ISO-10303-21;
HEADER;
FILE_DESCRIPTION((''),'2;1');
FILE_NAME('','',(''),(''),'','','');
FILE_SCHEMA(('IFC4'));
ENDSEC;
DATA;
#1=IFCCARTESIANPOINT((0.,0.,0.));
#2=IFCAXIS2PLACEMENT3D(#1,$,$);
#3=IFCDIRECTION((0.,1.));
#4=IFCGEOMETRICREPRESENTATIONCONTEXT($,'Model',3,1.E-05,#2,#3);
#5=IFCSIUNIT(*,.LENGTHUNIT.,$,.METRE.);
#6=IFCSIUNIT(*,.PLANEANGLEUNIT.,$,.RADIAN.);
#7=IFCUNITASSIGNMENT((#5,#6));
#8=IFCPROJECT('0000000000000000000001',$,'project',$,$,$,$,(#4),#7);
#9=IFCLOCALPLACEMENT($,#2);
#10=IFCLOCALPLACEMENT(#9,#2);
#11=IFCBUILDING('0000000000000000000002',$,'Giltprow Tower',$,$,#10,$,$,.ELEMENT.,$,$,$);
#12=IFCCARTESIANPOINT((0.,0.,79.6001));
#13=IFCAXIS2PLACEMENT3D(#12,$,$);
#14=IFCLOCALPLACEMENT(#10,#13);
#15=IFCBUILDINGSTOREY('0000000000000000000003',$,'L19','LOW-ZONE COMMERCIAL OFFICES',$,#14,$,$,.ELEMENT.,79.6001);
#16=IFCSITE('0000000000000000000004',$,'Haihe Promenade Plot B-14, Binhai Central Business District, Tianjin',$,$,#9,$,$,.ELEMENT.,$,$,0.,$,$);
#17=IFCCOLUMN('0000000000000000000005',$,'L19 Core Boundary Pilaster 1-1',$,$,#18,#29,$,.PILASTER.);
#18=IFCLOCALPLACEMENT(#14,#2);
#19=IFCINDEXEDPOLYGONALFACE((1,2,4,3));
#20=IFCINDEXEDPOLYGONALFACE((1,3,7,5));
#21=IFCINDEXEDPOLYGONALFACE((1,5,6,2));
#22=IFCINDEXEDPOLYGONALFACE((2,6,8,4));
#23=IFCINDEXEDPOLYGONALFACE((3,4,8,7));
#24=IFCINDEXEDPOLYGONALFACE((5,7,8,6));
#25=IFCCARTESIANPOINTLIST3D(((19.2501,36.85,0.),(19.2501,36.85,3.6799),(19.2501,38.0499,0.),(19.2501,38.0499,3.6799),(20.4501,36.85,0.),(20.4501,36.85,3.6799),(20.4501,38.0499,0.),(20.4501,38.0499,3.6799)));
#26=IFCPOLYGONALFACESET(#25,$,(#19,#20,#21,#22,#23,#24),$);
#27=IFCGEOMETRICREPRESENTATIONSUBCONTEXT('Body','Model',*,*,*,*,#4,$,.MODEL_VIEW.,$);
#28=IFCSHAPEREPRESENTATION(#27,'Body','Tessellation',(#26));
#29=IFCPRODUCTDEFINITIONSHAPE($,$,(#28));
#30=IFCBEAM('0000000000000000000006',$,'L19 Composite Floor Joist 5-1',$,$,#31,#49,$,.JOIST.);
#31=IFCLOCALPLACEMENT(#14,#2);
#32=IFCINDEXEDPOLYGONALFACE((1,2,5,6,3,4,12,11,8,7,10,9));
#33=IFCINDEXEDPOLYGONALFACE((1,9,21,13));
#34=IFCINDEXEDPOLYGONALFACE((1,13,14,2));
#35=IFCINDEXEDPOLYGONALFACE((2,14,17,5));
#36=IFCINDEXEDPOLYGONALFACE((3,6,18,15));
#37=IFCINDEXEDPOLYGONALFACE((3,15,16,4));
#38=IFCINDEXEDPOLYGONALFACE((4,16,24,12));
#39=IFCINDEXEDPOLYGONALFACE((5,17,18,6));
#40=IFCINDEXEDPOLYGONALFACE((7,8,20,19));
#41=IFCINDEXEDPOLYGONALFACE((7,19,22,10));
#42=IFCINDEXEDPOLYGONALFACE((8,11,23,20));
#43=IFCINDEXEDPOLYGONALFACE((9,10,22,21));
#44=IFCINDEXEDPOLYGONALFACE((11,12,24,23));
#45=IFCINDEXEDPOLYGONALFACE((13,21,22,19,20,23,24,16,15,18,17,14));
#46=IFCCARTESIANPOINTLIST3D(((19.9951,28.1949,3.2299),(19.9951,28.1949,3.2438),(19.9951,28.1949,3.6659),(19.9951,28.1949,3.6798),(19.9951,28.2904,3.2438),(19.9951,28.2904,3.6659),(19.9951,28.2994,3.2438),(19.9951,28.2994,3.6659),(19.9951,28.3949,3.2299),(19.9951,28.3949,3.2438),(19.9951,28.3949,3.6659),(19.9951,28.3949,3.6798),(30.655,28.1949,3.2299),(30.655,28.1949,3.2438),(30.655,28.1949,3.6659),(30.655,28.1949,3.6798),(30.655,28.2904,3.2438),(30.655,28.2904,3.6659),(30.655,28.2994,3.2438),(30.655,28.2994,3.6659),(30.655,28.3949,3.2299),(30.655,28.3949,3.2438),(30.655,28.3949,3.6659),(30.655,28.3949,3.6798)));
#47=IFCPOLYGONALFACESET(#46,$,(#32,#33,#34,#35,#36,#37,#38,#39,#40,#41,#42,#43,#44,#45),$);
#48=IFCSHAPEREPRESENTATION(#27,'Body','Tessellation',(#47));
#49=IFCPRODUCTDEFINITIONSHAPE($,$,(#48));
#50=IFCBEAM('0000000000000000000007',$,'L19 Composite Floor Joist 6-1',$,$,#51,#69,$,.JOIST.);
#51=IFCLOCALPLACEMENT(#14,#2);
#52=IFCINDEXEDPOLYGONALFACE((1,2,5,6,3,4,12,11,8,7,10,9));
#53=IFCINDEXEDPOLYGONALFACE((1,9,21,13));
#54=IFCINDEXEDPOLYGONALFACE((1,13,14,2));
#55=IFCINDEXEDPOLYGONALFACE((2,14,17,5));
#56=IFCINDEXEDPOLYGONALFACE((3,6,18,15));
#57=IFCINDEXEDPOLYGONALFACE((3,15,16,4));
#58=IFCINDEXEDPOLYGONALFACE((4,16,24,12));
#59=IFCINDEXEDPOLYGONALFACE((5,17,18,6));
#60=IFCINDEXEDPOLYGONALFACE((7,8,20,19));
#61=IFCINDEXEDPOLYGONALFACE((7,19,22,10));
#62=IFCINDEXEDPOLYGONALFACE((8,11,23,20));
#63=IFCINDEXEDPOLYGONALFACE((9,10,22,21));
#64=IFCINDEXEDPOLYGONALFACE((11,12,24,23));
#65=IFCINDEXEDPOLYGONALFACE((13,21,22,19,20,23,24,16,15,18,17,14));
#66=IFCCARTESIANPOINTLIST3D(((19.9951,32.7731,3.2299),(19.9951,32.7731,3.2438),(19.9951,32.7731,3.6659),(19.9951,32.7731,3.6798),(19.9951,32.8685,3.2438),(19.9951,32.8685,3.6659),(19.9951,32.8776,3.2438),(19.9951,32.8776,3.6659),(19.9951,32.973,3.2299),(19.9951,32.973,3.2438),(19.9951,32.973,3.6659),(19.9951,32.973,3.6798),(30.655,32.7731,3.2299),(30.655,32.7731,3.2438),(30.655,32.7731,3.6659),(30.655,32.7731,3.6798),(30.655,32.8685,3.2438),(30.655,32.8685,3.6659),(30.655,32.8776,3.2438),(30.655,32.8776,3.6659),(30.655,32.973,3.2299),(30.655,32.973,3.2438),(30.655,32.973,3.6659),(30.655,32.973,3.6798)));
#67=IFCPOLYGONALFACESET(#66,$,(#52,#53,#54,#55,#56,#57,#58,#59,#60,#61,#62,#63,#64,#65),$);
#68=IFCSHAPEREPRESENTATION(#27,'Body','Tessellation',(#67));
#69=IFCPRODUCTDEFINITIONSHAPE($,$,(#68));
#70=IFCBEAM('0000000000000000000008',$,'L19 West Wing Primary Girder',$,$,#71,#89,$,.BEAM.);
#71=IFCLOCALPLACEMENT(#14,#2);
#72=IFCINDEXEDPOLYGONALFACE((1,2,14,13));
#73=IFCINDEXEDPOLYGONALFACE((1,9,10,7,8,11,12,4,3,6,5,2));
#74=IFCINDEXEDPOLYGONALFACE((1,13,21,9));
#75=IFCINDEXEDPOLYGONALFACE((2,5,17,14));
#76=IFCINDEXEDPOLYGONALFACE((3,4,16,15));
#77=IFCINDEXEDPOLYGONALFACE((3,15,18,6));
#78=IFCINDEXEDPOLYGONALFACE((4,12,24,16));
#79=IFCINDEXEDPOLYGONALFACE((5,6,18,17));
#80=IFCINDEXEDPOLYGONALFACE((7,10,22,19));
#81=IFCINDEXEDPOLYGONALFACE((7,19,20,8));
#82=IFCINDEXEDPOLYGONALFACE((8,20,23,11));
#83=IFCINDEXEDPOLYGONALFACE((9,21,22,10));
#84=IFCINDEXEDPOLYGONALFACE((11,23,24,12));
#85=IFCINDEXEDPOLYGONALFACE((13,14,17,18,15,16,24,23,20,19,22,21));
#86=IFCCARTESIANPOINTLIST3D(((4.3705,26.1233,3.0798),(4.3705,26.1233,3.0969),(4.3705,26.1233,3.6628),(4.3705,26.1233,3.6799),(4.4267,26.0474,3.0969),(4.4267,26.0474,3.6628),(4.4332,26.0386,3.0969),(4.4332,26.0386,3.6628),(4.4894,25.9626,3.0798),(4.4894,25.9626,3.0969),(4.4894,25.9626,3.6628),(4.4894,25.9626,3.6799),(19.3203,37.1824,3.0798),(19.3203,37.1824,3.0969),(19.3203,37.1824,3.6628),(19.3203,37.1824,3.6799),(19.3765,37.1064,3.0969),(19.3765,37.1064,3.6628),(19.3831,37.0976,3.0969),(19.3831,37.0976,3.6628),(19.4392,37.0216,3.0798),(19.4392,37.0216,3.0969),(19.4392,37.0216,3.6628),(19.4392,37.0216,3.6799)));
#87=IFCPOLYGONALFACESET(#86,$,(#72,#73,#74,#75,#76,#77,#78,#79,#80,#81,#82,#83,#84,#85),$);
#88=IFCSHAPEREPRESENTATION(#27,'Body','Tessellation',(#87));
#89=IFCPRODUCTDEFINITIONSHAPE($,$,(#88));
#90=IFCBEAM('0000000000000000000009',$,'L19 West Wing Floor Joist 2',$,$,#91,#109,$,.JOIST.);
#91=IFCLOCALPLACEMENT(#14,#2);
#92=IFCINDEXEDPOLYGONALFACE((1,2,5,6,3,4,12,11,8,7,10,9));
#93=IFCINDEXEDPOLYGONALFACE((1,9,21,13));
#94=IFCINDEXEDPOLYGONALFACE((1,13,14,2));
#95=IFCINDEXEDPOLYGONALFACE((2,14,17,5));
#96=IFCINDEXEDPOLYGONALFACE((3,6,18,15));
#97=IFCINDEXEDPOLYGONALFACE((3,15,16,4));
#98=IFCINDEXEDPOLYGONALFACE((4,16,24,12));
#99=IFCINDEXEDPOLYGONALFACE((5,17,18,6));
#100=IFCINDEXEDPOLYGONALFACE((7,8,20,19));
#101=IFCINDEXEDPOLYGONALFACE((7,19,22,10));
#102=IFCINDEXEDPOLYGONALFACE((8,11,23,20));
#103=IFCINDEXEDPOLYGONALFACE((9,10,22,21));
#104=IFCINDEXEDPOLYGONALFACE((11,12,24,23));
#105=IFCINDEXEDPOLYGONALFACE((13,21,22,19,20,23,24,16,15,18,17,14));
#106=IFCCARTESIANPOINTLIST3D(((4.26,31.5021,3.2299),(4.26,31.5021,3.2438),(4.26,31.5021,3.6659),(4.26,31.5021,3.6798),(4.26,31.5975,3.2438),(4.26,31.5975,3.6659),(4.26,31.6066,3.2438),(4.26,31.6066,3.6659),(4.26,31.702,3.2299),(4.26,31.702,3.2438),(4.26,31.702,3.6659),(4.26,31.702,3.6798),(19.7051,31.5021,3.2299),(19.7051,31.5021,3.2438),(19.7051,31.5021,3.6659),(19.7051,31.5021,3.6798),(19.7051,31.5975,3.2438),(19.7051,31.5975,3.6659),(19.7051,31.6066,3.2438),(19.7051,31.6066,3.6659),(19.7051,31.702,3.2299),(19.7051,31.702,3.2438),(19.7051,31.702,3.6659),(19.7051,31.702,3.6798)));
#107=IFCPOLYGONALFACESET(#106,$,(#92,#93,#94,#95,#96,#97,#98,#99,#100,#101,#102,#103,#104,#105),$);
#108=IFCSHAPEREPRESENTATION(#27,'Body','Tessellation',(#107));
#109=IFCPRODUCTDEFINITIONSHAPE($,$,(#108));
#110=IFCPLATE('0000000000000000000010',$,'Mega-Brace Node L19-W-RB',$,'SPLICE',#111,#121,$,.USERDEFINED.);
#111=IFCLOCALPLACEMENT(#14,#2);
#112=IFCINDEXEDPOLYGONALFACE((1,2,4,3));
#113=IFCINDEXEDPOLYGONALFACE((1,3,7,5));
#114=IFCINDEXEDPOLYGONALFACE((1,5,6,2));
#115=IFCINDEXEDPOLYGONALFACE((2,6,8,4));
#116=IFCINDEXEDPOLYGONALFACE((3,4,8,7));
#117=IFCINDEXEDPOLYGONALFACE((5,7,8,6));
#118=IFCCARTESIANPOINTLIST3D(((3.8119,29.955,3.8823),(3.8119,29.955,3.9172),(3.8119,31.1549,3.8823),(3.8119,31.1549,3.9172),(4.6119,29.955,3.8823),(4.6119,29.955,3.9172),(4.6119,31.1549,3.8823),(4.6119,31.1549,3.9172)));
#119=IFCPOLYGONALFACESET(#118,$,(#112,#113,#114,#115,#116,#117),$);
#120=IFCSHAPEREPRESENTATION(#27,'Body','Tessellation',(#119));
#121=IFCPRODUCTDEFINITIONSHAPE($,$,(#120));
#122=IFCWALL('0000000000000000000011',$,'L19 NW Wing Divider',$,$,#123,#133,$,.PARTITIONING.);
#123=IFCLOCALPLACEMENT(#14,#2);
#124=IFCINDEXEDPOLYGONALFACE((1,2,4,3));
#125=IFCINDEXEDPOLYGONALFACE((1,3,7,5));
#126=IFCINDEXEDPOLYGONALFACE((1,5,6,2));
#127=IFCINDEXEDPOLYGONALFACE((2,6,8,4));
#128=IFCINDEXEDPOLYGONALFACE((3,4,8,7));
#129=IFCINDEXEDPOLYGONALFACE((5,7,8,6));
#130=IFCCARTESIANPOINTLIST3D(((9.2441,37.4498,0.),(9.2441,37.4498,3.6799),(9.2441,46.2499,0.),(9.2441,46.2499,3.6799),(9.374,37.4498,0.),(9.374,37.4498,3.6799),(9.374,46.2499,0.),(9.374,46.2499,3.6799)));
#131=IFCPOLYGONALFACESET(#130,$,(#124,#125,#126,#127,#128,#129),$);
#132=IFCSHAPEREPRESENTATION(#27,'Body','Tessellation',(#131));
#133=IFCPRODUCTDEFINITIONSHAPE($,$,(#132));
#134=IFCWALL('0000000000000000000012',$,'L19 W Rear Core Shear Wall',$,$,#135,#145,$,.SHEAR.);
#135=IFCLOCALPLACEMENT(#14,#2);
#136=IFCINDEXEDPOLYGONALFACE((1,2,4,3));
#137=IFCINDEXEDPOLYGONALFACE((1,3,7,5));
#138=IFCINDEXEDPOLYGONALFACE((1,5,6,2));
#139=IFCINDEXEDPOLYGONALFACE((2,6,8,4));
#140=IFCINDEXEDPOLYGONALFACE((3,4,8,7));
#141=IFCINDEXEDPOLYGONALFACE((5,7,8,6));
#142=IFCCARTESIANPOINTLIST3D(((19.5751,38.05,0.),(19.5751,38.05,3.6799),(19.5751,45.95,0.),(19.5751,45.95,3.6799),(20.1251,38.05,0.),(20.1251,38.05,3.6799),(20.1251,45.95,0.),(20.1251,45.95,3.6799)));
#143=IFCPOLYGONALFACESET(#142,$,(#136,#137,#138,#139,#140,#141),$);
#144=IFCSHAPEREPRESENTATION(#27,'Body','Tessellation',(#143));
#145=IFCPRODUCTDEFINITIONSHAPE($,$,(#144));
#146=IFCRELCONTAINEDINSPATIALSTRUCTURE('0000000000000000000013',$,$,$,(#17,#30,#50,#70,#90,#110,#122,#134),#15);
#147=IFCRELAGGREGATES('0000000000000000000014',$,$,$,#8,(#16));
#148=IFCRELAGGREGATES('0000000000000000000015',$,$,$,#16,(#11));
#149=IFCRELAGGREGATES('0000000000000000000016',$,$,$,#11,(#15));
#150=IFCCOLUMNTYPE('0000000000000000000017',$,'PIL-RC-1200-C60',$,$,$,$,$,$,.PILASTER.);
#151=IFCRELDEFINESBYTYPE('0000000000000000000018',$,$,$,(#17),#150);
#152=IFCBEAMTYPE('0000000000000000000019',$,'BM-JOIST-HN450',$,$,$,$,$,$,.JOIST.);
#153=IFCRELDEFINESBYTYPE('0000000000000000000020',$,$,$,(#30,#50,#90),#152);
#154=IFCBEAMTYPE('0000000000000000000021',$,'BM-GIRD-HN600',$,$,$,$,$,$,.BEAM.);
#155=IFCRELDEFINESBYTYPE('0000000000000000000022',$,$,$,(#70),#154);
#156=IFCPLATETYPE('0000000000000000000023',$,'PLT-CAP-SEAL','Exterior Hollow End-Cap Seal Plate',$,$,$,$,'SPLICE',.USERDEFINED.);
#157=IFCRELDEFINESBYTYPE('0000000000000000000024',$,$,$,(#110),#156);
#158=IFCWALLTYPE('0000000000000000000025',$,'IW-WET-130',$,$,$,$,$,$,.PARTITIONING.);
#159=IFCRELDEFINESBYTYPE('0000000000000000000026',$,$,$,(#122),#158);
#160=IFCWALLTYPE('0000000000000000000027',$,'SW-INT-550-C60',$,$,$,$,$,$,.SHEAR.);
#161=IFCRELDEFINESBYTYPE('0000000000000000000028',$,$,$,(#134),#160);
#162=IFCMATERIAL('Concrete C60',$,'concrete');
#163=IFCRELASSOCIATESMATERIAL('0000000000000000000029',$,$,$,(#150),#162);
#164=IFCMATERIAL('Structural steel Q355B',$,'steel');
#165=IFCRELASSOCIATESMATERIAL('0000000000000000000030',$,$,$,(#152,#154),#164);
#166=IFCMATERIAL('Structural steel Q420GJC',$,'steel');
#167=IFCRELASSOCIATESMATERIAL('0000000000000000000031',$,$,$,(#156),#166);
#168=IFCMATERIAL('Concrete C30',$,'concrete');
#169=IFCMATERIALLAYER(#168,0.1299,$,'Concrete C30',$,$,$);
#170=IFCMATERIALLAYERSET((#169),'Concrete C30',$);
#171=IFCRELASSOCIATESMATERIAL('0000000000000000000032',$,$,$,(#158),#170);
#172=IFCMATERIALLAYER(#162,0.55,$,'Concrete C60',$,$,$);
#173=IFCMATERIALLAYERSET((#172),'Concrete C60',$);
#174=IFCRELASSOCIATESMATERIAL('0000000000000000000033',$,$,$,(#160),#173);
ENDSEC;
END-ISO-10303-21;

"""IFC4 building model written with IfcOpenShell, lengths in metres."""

from ifc_helpers import new_model, si_unit, direction, frame, frame_2d, origin, origin_2d, place, context, subcontext, project, spatial, rectangle, i_section, extrude, source, transform, mapped, material, layer, layer_set, material_profile, profile_set, type_object, element, save


model = new_model("IFC4")

# Units and contexts
model_context = context("Model", 3, precision=1e-05, world=origin(), true_north=direction((0.0, 1.0)))
body_context = subcontext(model_context, "Body", "Model", "MODEL_VIEW")
ifc_project = project(units=[si_unit("LENGTHUNIT", "METRE"), si_unit("PLANEANGLEUNIT", "RADIAN")], contexts=[model_context])

# Site, building, storey
site_placement = place(None, origin())
site = spatial("IfcSite", under=ifc_project, at=site_placement, Name="Haihe Promenade Plot B-14, Binhai Central Business District, Tianjin", CompositionType="ELEMENT", RefElevation=0.0)
building_placement = place(site_placement, origin())
building = spatial("IfcBuilding", under=site, at=building_placement, Name="Giltprow Tower", CompositionType="ELEMENT")
storey_placement = place(building_placement, frame((0.0, 0.0, 79.6001)))
storey = spatial("IfcBuildingStorey", under=building, at=storey_placement, Name="L19", Description="LOW-ZONE COMMERCIAL OFFICES", CompositionType="ELEMENT", Elevation=79.6001)

# Column
ifc_material_1 = material(Name="Concrete C60", Category="concrete")
ifc_material_profile_1 = material_profile(ifc_material_1, rectangle(XDim=1.2, YDim=1.2, at=origin_2d()), Name="RC 1200x1200")
ifc_profile_set_1 = profile_set([ifc_material_profile_1], Name="Concrete C60")
column_type = type_object("IfcColumnType", Name="PIL-RC-1200-C60", PredefinedType="PILASTER", material=ifc_profile_set_1)
shared_shape_1 = source(origin(), body_context, "Body", "SweptSolid", [
    extrude(rectangle(XDim=1.2, YDim=1.2, at=origin_2d()), origin(), (0.0, 0.0, 1.0), 3.6799),
])
column_placement = place(storey_placement, frame((19.8501, 37.45, 0.0), z_axis=(0.0, 0.0, 1.0), x_axis=(1.0, 0.0, 0.0)))
element("IfcColumn", 1, at=column_placement, inside=storey, type_object=column_type, Name="L19 Core Boundary Pilaster 1-1", PredefinedType="PILASTER", context=body_context, shape_type="MappedRepresentation", body=[
    mapped(shared_shape_1, transform((0.0, 0.0, 0.0), x_axis=(1.0, 0.0, 0.0), y_axis=(0.0, 1.0, 0.0), z_axis=(0.0, 0.0, 1.0), scale=1.0)),
])

# Beams
ifc_material_2 = material(Name="Structural steel Q355B", Category="steel")
ifc_material_profile_2 = material_profile(ifc_material_2, i_section(OverallWidth=0.2, OverallDepth=0.45, WebThickness=0.009, FlangeThickness=0.0139, at=origin_2d()), Name="HN 450x200x9x14")
ifc_profile_set_2 = profile_set([ifc_material_profile_2], Name="Structural steel Q355B")
beam_type_1 = type_object("IfcBeamType", Name="BM-JOIST-HN450", PredefinedType="JOIST", material=ifc_profile_set_2)
shared_shape_2 = source(origin(), body_context, "Body", "SweptSolid", [
    extrude(i_section(OverallWidth=0.2, OverallDepth=0.45, WebThickness=0.009, FlangeThickness=0.0139, at=origin_2d()), origin(), (0.0, 0.0, 1.0), 10.6599),
])
for number, where, z_axis, x_axis, name in (
    (2, (19.9951, 28.2949, 3.4548), (1.0, 0.0, 0.0), (0.0, 1.0, 0.0), "L19 Composite Floor Joist 5-1"),
    (3, (19.9951, 32.873, 3.4548), (1.0, 0.0, 0.0), (0.0, 1.0, 0.0), "L19 Composite Floor Joist 6-1"),
):
    element("IfcBeam", number, at=place(storey_placement, frame(where, z_axis=z_axis, x_axis=x_axis)), inside=storey, type_object=beam_type_1, Name=name, PredefinedType="JOIST", context=body_context, shape_type="MappedRepresentation", body=[
        mapped(shared_shape_2, transform((0.0, 0.0, 0.0), x_axis=(1.0, 0.0, 0.0), y_axis=(0.0, 1.0, 0.0), z_axis=(0.0, 0.0, 1.0), scale=1.0)),
    ])
ifc_material_profile_3 = material_profile(ifc_material_2, i_section(OverallWidth=0.2, OverallDepth=0.6001, WebThickness=0.011, FlangeThickness=0.0171, at=origin_2d()), Name="HN 600x200x11x17")
ifc_profile_set_3 = profile_set([ifc_material_profile_3], Name="Structural steel Q355B")
beam_type_2 = type_object("IfcBeamType", Name="BM-GIRD-HN600", PredefinedType="BEAM", material=ifc_profile_set_3)
shared_shape_3 = source(origin(), body_context, "Body", "SweptSolid", [
    extrude(i_section(OverallWidth=0.2, OverallDepth=0.6001, WebThickness=0.011, FlangeThickness=0.0171, at=origin_2d()), origin(), (0.0, 0.0, 1.0), 18.5957),
])
beam_1_placement = place(storey_placement, frame((4.4299, 26.043, 3.3799), z_axis=(0.803942, 0.594708, 0.0), x_axis=(-0.594708, 0.803942, 0.0)))
element("IfcBeam", 4, at=beam_1_placement, inside=storey, type_object=beam_type_2, Name="L19 West Wing Primary Girder", PredefinedType="BEAM", context=body_context, shape_type="MappedRepresentation", body=[
    mapped(shared_shape_3, transform((0.0, 0.0, 0.0), x_axis=(1.0, 0.0, 0.0), y_axis=(0.0, 1.0, 0.0), z_axis=(0.0, 0.0, 1.0), scale=1.0)),
])
shared_shape_4 = source(origin(), body_context, "Body", "SweptSolid", [
    extrude(i_section(OverallWidth=0.2, OverallDepth=0.45, WebThickness=0.009, FlangeThickness=0.0139, at=origin_2d()), origin(), (0.0, 0.0, 1.0), 15.4451),
])
beam_2_placement = place(storey_placement, frame((4.26, 31.6021, 3.4548), z_axis=(1.0, 0.0, 0.0), x_axis=(0.0, 1.0, 0.0)))
element("IfcBeam", 5, at=beam_2_placement, inside=storey, type_object=beam_type_1, Name="L19 West Wing Floor Joist 2", PredefinedType="JOIST", context=body_context, shape_type="MappedRepresentation", body=[
    mapped(shared_shape_4, transform((0.0, 0.0, 0.0), x_axis=(1.0, 0.0, 0.0), y_axis=(0.0, 1.0, 0.0), z_axis=(0.0, 0.0, 1.0), scale=1.0)),
])

# Plate
ifc_material_3 = material(Name="Structural steel Q420GJC", Category="steel")
plate_type = type_object("IfcPlateType", Name="PLT-CAP-SEAL", Description="Exterior Hollow End-Cap Seal Plate", ElementType="SPLICE", PredefinedType="USERDEFINED", material=ifc_material_3)
shared_shape_5 = source(origin(), body_context, "Body", "SweptSolid", [
    extrude(rectangle(XDim=1.2, YDim=0.8, at=origin_2d()), origin(), (0.0, 0.0, 1.0), 0.0349),
])
plate_placement = place(storey_placement, frame((4.2119, 30.5549, 3.8823), z_axis=(0.0, 0.0, 1.0), x_axis=(0.0, 1.0, 0.0)))
element("IfcPlate", 6, at=plate_placement, inside=storey, type_object=plate_type, Name="Mega-Brace Node L19-W-RB", ObjectType="SPLICE", PredefinedType="USERDEFINED", context=body_context, shape_type="MappedRepresentation", body=[
    mapped(shared_shape_5, transform((0.0, 0.0, 0.0), x_axis=(1.0, 0.0, 0.0), y_axis=(0.0, 1.0, 0.0), z_axis=(0.0, 0.0, 1.0), scale=1.0)),
])

# Wall
ifc_material_4 = material(Name="Concrete C30", Category="concrete")
ifc_layer_1 = layer(ifc_material_4, 0.1299, Name="Concrete C30")
ifc_layer_set_1 = layer_set([ifc_layer_1], Name="Concrete C30")
wall_type_1 = type_object("IfcWallType", Name="IW-WET-130", PredefinedType="PARTITIONING", material=ifc_layer_set_1)
wall_1_placement = place(storey_placement, frame((9.3091, 37.45, 0.0), z_axis=(0.0, 0.0, 1.0), x_axis=(0.0, 1.0, 0.0)))
element("IfcWall", 7, at=wall_1_placement, inside=storey, type_object=wall_type_1, Name="L19 NW Wing Divider", PredefinedType="PARTITIONING", context=body_context, shape_type="SweptSolid", body=[
    extrude(rectangle(XDim=8.8, YDim=0.1299, at=frame_2d((4.3999, 0.0))), origin(), (0.0, 0.0, 1.0), 3.6799),
])

# Shared definitions
ifc_layer_2 = layer(ifc_material_1, 0.55, Name="Concrete C60")
ifc_layer_set_2 = layer_set([ifc_layer_2], Name="Concrete C60")
wall_type_2 = type_object("IfcWallType", Name="SW-INT-550-C60", PredefinedType="SHEAR", material=ifc_layer_set_2)

# Wall
wall_2_placement = place(storey_placement, frame((19.8501, 38.05, 0.0), z_axis=(0.0, 0.0, 1.0), x_axis=(0.0, 1.0, 0.0)))
element("IfcWall", 8, at=wall_2_placement, inside=storey, type_object=wall_type_2, Name="L19 W Rear Core Shear Wall", PredefinedType="SHEAR", context=body_context, shape_type="SweptSolid", body=[
    extrude(rectangle(XDim=7.8999, YDim=0.55, at=frame_2d((3.95, 0.0))), origin(), (0.0, 0.0, 1.0), 3.6799),
])

save(model, "model.ifc")
